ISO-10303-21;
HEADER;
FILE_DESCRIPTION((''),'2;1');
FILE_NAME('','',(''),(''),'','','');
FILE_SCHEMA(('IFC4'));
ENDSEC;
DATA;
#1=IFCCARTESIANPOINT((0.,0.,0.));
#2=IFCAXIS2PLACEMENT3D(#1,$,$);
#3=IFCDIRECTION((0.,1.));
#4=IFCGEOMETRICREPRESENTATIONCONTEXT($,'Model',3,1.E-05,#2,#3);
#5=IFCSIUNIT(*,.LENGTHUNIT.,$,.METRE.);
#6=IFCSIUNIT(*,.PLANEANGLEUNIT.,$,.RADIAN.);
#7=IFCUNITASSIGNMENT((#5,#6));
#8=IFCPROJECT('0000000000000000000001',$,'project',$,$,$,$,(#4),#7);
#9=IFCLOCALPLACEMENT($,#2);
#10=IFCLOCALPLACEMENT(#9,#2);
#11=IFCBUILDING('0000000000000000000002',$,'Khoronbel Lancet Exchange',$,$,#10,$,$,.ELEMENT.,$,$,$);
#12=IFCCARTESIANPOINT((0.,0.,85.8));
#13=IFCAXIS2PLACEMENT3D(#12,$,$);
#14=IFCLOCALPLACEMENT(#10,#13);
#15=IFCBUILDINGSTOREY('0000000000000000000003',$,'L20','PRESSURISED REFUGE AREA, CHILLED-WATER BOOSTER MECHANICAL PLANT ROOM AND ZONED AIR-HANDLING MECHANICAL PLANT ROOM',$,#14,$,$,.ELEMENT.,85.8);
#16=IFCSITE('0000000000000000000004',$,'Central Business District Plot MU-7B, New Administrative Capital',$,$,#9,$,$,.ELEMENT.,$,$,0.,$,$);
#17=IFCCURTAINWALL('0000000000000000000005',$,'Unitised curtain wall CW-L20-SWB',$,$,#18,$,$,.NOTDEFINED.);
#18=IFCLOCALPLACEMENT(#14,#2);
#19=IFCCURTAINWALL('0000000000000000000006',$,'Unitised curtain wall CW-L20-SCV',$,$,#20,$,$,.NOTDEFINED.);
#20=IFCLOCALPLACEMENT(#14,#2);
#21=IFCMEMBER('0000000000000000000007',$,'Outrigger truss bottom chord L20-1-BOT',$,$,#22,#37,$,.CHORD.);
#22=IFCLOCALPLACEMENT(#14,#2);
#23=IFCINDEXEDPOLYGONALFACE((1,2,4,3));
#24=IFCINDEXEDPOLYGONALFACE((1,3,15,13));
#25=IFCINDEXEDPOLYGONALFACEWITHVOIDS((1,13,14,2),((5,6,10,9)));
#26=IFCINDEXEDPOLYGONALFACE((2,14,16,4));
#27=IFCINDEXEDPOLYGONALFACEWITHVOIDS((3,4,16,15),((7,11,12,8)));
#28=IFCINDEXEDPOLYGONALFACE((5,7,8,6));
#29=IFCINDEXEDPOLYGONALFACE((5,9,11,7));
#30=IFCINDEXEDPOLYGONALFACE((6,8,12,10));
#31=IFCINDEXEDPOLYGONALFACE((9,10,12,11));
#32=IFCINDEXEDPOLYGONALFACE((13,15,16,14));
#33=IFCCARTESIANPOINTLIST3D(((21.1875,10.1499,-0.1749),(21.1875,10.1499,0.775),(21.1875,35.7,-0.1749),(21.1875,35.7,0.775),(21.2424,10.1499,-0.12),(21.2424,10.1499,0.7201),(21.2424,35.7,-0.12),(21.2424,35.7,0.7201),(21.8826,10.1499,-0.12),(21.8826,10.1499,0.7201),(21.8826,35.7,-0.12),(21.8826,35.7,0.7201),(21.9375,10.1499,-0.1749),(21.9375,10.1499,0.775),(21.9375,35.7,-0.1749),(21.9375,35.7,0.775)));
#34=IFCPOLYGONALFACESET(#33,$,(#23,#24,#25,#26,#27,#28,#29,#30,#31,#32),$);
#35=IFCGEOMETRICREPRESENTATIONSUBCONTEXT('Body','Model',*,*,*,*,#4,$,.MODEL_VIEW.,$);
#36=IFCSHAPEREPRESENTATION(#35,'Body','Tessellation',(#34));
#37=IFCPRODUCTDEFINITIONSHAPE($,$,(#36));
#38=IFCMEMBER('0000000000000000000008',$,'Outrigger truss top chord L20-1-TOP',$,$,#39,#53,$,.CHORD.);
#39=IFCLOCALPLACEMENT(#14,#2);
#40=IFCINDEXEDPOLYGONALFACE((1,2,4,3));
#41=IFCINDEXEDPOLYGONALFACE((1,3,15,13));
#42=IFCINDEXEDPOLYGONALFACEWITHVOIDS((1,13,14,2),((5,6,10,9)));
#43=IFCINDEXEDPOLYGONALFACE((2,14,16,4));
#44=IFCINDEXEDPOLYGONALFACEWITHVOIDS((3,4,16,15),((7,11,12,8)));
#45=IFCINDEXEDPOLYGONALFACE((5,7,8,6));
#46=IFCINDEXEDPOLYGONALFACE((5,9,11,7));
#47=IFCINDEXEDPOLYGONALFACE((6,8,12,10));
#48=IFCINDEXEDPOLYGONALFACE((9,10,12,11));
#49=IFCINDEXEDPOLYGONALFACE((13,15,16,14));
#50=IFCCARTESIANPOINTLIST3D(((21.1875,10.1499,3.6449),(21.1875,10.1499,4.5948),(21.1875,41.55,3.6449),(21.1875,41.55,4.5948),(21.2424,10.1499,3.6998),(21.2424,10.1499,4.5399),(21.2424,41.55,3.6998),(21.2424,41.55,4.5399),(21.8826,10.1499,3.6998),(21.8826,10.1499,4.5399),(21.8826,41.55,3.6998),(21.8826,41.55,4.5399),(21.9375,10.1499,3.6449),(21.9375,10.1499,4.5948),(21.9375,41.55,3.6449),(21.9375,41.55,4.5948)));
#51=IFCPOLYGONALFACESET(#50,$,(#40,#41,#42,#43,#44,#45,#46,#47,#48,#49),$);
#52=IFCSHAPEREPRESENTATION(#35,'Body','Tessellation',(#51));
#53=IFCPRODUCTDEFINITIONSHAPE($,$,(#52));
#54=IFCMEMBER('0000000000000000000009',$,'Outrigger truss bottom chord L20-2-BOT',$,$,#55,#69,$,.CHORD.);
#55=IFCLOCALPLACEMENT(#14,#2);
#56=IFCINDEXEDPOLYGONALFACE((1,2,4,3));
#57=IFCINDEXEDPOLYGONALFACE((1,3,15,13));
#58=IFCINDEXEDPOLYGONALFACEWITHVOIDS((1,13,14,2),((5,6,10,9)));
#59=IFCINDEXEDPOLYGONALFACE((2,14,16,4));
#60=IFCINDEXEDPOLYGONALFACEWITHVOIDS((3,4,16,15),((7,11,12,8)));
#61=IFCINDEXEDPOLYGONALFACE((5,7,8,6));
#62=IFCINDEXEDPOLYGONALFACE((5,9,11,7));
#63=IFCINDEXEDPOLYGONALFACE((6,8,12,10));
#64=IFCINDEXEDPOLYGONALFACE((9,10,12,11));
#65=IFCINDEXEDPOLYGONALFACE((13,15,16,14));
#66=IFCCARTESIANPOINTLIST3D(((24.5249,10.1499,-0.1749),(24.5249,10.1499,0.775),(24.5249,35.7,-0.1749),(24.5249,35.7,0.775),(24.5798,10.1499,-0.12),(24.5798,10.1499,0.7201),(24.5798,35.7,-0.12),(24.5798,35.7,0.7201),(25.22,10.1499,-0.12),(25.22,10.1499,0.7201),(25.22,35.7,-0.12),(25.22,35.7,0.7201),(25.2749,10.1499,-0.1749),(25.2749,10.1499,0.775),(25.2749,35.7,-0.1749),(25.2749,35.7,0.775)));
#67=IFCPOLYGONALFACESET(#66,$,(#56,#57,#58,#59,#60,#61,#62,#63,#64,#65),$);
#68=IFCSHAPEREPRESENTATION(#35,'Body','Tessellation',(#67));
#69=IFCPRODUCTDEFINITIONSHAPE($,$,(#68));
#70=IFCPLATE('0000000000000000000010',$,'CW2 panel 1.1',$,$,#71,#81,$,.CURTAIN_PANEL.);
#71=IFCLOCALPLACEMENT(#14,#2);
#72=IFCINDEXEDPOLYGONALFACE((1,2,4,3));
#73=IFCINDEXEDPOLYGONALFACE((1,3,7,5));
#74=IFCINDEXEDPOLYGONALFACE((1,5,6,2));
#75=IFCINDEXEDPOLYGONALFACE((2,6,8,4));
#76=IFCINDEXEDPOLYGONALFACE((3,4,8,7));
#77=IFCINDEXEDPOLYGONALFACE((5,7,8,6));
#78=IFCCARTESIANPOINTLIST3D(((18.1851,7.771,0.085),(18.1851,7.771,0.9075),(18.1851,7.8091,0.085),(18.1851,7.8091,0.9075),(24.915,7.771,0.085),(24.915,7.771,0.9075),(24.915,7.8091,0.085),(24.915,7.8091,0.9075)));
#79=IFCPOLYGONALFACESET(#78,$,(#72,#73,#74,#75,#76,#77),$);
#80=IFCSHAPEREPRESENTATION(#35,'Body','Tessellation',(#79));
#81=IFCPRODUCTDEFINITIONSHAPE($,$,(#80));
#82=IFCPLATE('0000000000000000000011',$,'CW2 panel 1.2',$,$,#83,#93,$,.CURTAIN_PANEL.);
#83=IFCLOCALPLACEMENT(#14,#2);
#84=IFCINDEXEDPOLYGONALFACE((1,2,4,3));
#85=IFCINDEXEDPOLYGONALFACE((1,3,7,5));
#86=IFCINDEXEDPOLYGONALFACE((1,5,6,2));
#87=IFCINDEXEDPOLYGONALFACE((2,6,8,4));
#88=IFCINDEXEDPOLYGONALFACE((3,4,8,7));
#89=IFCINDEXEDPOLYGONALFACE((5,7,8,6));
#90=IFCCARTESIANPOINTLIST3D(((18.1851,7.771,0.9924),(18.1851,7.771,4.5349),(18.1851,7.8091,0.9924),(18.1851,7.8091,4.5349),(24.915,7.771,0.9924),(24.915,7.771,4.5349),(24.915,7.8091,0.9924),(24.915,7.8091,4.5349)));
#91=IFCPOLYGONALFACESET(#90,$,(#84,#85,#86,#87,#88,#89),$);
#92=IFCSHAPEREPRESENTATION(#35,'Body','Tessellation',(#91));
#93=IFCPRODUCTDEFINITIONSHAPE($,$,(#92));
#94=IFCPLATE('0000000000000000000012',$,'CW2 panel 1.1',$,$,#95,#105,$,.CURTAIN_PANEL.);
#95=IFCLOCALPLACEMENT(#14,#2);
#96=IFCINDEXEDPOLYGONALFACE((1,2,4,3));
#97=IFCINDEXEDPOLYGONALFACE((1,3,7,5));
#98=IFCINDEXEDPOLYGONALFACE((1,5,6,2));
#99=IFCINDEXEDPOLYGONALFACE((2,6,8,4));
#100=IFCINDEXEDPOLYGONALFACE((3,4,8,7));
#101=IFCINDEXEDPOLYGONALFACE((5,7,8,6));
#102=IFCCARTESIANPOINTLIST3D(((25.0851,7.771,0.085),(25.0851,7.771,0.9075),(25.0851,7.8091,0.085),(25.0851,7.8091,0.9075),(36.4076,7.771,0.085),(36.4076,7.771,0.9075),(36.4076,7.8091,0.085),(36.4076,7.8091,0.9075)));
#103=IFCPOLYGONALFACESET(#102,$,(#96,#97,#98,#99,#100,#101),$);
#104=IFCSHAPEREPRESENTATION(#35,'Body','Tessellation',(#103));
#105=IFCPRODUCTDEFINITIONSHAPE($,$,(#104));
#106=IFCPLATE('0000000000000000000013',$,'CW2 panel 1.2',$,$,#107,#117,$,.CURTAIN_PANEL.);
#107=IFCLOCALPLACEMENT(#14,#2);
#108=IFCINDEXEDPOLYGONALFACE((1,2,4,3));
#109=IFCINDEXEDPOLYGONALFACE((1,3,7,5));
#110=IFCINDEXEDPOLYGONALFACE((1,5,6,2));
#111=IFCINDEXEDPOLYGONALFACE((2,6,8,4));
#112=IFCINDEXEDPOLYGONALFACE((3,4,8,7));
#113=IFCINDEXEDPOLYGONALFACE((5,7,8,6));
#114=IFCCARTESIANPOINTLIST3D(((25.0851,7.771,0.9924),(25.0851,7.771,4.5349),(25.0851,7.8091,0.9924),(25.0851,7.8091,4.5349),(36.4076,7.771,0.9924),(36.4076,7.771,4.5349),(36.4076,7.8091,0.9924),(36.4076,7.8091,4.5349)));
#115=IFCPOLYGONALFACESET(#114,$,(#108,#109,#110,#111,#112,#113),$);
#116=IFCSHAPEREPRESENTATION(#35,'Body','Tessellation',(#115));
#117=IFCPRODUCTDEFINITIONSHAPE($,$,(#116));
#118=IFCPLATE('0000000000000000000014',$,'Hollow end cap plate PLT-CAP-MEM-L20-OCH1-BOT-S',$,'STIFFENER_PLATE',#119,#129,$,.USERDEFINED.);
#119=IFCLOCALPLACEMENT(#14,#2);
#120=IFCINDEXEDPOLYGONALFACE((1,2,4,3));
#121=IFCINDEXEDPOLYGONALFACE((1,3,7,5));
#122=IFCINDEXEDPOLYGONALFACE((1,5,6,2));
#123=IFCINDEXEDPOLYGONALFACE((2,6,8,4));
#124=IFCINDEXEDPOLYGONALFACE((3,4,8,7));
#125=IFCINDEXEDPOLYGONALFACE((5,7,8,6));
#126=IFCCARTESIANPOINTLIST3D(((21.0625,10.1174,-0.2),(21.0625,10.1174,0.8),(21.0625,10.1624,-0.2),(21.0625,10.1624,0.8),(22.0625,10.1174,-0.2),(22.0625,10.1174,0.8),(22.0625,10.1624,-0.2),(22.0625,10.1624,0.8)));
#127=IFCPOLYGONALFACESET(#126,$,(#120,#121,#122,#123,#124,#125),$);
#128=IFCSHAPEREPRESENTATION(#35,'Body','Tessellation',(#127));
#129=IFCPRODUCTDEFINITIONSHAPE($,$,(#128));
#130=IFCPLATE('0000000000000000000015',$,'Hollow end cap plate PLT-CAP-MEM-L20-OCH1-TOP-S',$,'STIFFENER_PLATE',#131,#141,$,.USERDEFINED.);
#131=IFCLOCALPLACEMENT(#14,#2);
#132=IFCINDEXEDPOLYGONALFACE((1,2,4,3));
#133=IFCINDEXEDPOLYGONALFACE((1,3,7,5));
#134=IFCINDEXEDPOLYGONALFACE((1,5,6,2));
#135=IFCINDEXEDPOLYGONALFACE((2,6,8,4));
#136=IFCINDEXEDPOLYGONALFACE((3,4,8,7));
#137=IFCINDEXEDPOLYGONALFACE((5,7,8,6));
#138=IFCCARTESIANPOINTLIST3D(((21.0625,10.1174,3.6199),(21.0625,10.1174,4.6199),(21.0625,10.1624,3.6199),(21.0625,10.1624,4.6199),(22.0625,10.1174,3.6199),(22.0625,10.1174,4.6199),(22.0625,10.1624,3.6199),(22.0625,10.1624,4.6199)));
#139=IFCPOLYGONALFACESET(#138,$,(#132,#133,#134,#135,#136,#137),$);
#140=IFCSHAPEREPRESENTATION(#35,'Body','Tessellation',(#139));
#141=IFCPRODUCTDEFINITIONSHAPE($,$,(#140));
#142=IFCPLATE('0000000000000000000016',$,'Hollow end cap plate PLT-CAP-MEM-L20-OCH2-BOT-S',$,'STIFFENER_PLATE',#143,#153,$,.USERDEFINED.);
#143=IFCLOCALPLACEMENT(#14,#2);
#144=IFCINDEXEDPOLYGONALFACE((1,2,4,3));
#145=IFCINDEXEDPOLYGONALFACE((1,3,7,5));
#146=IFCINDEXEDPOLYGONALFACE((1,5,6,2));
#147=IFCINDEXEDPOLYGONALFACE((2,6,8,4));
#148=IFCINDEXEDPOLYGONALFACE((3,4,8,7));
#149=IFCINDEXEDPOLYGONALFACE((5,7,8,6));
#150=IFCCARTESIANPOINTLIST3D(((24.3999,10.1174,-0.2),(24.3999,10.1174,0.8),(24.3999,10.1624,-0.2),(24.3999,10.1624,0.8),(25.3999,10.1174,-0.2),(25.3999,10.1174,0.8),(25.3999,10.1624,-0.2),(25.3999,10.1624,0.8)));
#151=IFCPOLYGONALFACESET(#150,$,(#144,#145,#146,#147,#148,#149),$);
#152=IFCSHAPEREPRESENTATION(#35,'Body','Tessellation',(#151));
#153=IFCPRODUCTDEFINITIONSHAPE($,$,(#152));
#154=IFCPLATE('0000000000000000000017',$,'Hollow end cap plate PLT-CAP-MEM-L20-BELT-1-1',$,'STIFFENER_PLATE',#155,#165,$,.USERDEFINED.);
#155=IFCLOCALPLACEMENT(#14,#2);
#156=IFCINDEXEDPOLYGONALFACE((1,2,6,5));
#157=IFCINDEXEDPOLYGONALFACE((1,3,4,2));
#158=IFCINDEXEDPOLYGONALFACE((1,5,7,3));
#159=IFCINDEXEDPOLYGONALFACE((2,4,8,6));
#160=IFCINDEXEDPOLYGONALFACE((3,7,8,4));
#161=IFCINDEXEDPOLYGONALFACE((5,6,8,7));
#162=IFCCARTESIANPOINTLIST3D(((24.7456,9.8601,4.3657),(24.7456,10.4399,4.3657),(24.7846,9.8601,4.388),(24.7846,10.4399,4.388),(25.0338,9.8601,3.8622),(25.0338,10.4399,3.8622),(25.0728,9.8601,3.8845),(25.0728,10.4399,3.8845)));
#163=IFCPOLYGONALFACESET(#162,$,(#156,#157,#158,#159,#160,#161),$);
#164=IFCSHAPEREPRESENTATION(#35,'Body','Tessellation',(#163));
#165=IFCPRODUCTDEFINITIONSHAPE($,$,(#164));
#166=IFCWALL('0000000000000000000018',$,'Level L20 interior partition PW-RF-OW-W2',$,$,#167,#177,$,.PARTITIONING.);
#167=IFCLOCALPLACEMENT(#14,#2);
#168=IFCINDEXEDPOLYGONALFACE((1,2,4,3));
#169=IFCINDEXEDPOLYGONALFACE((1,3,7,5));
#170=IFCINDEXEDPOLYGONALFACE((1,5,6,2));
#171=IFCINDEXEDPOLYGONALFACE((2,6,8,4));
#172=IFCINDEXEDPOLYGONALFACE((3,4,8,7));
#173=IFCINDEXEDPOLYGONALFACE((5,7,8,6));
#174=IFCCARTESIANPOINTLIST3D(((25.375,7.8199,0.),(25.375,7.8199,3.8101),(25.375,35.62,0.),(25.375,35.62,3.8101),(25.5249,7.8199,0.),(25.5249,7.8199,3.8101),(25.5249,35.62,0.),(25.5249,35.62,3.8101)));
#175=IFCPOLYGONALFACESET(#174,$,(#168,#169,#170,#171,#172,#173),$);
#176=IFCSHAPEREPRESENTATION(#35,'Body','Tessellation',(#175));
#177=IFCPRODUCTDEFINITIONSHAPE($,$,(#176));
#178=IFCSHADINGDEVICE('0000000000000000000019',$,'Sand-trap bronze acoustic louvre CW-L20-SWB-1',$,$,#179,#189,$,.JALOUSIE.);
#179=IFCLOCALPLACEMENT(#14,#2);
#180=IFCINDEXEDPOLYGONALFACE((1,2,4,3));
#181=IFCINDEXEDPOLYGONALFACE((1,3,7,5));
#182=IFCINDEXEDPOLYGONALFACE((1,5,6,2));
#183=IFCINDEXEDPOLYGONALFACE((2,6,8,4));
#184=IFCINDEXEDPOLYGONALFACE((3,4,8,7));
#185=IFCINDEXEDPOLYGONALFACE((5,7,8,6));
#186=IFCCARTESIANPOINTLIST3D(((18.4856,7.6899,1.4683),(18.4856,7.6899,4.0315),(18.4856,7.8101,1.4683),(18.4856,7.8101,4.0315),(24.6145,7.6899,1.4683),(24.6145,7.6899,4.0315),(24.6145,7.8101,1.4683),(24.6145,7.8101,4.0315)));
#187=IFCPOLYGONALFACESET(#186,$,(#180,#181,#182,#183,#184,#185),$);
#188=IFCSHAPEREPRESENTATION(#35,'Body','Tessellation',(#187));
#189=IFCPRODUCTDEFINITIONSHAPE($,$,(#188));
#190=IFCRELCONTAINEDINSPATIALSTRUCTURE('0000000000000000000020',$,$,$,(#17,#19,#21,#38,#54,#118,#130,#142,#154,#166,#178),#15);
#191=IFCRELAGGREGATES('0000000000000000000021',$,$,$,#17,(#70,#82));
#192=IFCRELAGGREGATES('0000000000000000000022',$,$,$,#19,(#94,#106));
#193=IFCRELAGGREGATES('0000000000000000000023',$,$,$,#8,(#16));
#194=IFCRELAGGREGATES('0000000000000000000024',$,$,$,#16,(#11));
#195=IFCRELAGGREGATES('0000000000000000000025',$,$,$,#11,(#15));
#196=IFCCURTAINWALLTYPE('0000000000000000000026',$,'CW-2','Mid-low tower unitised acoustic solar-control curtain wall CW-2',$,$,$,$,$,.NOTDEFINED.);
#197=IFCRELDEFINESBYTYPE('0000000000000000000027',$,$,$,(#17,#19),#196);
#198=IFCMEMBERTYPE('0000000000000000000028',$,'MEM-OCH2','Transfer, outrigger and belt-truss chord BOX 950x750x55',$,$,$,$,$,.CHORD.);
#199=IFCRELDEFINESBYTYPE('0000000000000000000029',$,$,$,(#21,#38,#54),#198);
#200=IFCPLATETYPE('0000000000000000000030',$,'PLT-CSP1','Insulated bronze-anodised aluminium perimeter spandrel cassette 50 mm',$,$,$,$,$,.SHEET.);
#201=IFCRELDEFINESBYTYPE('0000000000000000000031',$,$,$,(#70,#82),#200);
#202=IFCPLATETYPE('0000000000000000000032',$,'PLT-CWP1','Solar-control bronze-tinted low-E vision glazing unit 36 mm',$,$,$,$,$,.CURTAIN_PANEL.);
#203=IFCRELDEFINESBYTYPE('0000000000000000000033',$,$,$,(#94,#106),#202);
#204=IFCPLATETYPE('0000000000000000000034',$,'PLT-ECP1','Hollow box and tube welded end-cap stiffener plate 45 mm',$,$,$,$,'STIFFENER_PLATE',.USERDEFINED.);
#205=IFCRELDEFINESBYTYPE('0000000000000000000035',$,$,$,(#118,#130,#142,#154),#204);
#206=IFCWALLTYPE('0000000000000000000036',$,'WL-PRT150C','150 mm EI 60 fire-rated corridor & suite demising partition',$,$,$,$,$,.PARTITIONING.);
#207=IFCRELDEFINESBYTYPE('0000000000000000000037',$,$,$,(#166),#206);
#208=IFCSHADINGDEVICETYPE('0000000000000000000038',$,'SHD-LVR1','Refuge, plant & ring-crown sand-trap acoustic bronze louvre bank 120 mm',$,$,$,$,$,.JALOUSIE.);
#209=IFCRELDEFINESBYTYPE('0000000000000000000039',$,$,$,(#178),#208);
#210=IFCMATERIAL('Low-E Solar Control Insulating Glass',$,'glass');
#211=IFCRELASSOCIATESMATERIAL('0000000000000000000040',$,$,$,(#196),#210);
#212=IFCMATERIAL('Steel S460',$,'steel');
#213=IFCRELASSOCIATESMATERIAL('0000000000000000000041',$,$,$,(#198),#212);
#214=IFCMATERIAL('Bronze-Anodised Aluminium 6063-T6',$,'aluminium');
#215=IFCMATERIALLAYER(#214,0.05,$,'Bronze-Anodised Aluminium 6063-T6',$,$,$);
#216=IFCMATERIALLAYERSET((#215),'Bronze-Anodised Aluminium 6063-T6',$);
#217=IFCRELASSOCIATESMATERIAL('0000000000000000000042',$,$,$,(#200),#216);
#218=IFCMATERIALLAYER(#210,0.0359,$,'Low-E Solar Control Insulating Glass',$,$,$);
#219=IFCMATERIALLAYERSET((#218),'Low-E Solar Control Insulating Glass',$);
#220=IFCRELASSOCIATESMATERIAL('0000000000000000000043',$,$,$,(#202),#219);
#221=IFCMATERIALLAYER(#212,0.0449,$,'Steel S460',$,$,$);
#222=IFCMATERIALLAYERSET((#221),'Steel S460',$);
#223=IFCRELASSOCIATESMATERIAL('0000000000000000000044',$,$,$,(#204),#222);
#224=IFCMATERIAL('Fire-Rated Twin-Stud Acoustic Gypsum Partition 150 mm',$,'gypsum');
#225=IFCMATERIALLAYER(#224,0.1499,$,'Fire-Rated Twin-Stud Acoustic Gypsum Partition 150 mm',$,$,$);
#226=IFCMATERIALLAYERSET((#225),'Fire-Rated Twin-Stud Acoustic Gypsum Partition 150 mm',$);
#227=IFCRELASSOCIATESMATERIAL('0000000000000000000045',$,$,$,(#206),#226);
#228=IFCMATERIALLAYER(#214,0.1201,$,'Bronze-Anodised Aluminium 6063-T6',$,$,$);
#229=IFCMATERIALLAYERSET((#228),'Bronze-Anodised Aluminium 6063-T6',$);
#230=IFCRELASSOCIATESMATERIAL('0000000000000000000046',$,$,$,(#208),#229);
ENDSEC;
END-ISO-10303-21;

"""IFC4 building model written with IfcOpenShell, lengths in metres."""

from ifc_helpers import new_model, si_unit, direction, frame, frame_2d, origin, origin_2d, place, context, subcontext, project, spatial, polyline, rectangle, hollow_rectangle, outline, extrude, material, layer, layer_set, material_profile, profile_set, type_object, element, aggregate, save


model = new_model("IFC4")

# Units and contexts
model_context = context("Model", 3, precision=1e-05, world=origin(), true_north=direction((0.0, 1.0)))
body_context = subcontext(model_context, "Body", "Model", "MODEL_VIEW")
ifc_project = project(units=[si_unit("LENGTHUNIT", "METRE"), si_unit("PLANEANGLEUNIT", "RADIAN")], contexts=[model_context])

# Site, building, storey
site_placement = place(None, origin())
site = spatial("IfcSite", under=ifc_project, at=site_placement, Name="Central Business District Plot MU-7B, New Administrative Capital", CompositionType="ELEMENT", RefElevation=0.0)
building_placement = place(site_placement, origin())
building = spatial("IfcBuilding", under=site, at=building_placement, Name="Khoronbel Lancet Exchange", CompositionType="ELEMENT")
storey_placement = place(building_placement, frame((0.0, 0.0, 85.8)))
storey = spatial("IfcBuildingStorey", under=building, at=storey_placement, Name="L20", Description="PRESSURISED REFUGE AREA, CHILLED-WATER BOOSTER MECHANICAL PLANT ROOM AND ZONED AIR-HANDLING MECHANICAL PLANT ROOM", CompositionType="ELEMENT", Elevation=85.8)

# Shared definitions
ifc_material_1 = material(Name="Steel S460", Category="steel")

# Curtain wall
ifc_material_2 = material(Name="Low-E Solar Control Insulating Glass", Category="glass")
curtain_wall_type = type_object("IfcCurtainWallType", Name="CW-2", Description="Mid-low tower unitised acoustic solar-control curtain wall CW-2", PredefinedType="NOTDEFINED", material=ifc_material_2)
curtain_wall_1_placement = place(storey_placement, origin())
curtain_wall_1 = element("IfcCurtainWall", 1, at=curtain_wall_1_placement, inside=storey, type_object=curtain_wall_type, Name="Unitised curtain wall CW-L20-SWB", PredefinedType="NOTDEFINED")
ifc_material_3 = material(Name="Bronze-Anodised Aluminium 6063-T6", Category="aluminium")

# Curtain wall
curtain_wall_2_placement = place(storey_placement, origin())
curtain_wall_2 = element("IfcCurtainWall", 2, at=curtain_wall_2_placement, inside=storey, type_object=curtain_wall_type, Name="Unitised curtain wall CW-L20-SCV", PredefinedType="NOTDEFINED")

# Members
ifc_material_profile_1 = material_profile(ifc_material_1, hollow_rectangle(XDim=0.75, YDim=0.95, WallThickness=0.0549, at=origin_2d()), Name="BOX 950x750x55")
ifc_profile_set_1 = profile_set([ifc_material_profile_1], Name="Steel S460")
member_type_1 = type_object("IfcMemberType", Name="MEM-OCH2", Description="Transfer, outrigger and belt-truss chord BOX 950x750x55", PredefinedType="CHORD", material=ifc_profile_set_1)
member_1_placement = place(storey_placement, frame((21.5625, 10.1499, 0.3), z_axis=(0.0, 1.0, 0.0), x_axis=(-1.0, 0.0, 0.0)))
element("IfcMember", 3, at=member_1_placement, inside=storey, type_object=member_type_1, Name="Outrigger truss bottom chord L20-1-BOT", PredefinedType="CHORD", context=body_context, shape_type="SweptSolid", body=[
    extrude(hollow_rectangle(XDim=0.75, YDim=0.95, WallThickness=0.0549, at=origin_2d()), origin(), (0.0, 0.0, 1.0), 25.55),
])
member_2_placement = place(storey_placement, frame((21.5625, 10.1499, 4.1199), z_axis=(0.0, 1.0, 0.0), x_axis=(-1.0, 0.0, 0.0)))
element("IfcMember", 4, at=member_2_placement, inside=storey, type_object=member_type_1, Name="Outrigger truss top chord L20-1-TOP", PredefinedType="CHORD", context=body_context, shape_type="SweptSolid", body=[
    extrude(hollow_rectangle(XDim=0.75, YDim=0.95, WallThickness=0.0549, at=origin_2d()), origin(), (0.0, 0.0, 1.0), 31.4001),
])
member_3_placement = place(storey_placement, frame((24.8999, 10.1499, 0.3), z_axis=(0.0, 1.0, 0.0), x_axis=(-1.0, 0.0, 0.0)))
element("IfcMember", 5, at=member_3_placement, inside=storey, type_object=member_type_1, Name="Outrigger truss bottom chord L20-2-BOT", PredefinedType="CHORD", context=body_context, shape_type="SweptSolid", body=[
    extrude(hollow_rectangle(XDim=0.75, YDim=0.95, WallThickness=0.0549, at=origin_2d()), origin(), (0.0, 0.0, 1.0), 25.55),
])

# Plates
ifc_layer_1 = layer(ifc_material_3, 0.05, Name="Bronze-Anodised Aluminium 6063-T6")
ifc_layer_set_1 = layer_set([ifc_layer_1], Name="Bronze-Anodised Aluminium 6063-T6")
plate_type_1 = type_object("IfcPlateType", Name="PLT-CSP1", Description="Insulated bronze-anodised aluminium perimeter spandrel cassette 50 mm", PredefinedType="SHEET", material=ifc_layer_set_1)
plate_1_placement = place(storey_placement, frame((21.55, 7.79, 0.085), z_axis=(0.0, 0.0, 1.0), x_axis=(1.0, 0.0, 0.0)))
plate_1 = element("IfcPlate", 6, at=plate_1_placement, type_object=plate_type_1, Name="CW2 panel 1.1", PredefinedType="CURTAIN_PANEL", context=body_context, shape_type="SweptSolid", body=[
    extrude(rectangle(XDim=6.73, YDim=0.0381, at=origin_2d()), origin(), (0.0, 0.0, 1.0), 0.8225),
])
plate_2_placement = place(storey_placement, frame((21.55, 7.79, 0.9924), z_axis=(0.0, 0.0, 1.0), x_axis=(1.0, 0.0, 0.0)))
plate_2 = element("IfcPlate", 7, at=plate_2_placement, type_object=plate_type_1, Name="CW2 panel 1.2", PredefinedType="CURTAIN_PANEL", context=body_context, shape_type="SweptSolid", body=[
    extrude(rectangle(XDim=6.73, YDim=0.0381, at=origin_2d()), origin(), (0.0, 0.0, 1.0), 3.5425),
])
aggregate(curtain_wall_1, [plate_1, plate_2])
ifc_layer_2 = layer(ifc_material_2, 0.0359, Name="Low-E Solar Control Insulating Glass")
ifc_layer_set_2 = layer_set([ifc_layer_2], Name="Low-E Solar Control Insulating Glass")
plate_type_2 = type_object("IfcPlateType", Name="PLT-CWP1", Description="Solar-control bronze-tinted low-E vision glazing unit 36 mm", PredefinedType="CURTAIN_PANEL", material=ifc_layer_set_2)
plate_3_placement = place(storey_placement, frame((30.7463, 7.79, 0.085), z_axis=(0.0, 0.0, 1.0), x_axis=(1.0, 0.0, 0.0)))
plate_3 = element("IfcPlate", 8, at=plate_3_placement, type_object=plate_type_2, Name="CW2 panel 1.1", PredefinedType="CURTAIN_PANEL", context=body_context, shape_type="SweptSolid", body=[
    extrude(rectangle(XDim=11.3225, YDim=0.0381, at=origin_2d()), origin(), (0.0, 0.0, 1.0), 0.8225),
])
plate_4_placement = place(storey_placement, frame((30.7463, 7.79, 0.9924), z_axis=(0.0, 0.0, 1.0), x_axis=(1.0, 0.0, 0.0)))
plate_4 = element("IfcPlate", 9, at=plate_4_placement, type_object=plate_type_2, Name="CW2 panel 1.2", PredefinedType="CURTAIN_PANEL", context=body_context, shape_type="SweptSolid", body=[
    extrude(rectangle(XDim=11.3225, YDim=0.0381, at=origin_2d()), origin(), (0.0, 0.0, 1.0), 3.5425),
])
aggregate(curtain_wall_2, [plate_3, plate_4])

# Plates
ifc_layer_3 = layer(ifc_material_1, 0.0449, Name="Steel S460")
ifc_layer_set_3 = layer_set([ifc_layer_3], Name="Steel S460")
plate_type_3 = type_object("IfcPlateType", Name="PLT-ECP1", Description="Hollow box and tube welded end-cap stiffener plate 45 mm", ElementType="STIFFENER_PLATE", PredefinedType="USERDEFINED", material=ifc_layer_set_3)
for number, where, z_axis, x_axis, name in (
    (10, (21.5625, 10.1399, -0.2), (0.0, 0.0, 1.0), (0.0, -1.0, 0.0), "Hollow end cap plate PLT-CAP-MEM-L20-OCH1-BOT-S"),
    (11, (21.5625, 10.1399, 3.6199), (0.0, 0.0, 1.0), (0.0, -1.0, 0.0), "Hollow end cap plate PLT-CAP-MEM-L20-OCH1-TOP-S"),
    (12, (24.8999, 10.1399, -0.2), (0.0, 0.0, 1.0), (0.0, -1.0, 0.0), "Hollow end cap plate PLT-CAP-MEM-L20-OCH2-BOT-S"),
):
    element("IfcPlate", number, at=place(storey_placement, frame(where, z_axis=z_axis, x_axis=x_axis)), inside=storey, type_object=plate_type_3, Name=name, ObjectType="STIFFENER_PLATE", PredefinedType="USERDEFINED", context=body_context, shape_type="SweptSolid", body=[
        extrude(rectangle(XDim=0.0449, YDim=1.0, at=origin_2d()), origin(), (0.0, 0.0, 1.0), 1.0),
    ])
plate_5_placement = place(storey_placement, frame((25.0728, 9.8601, 3.8845), z_axis=(0.867932, 0.0, 0.496683), x_axis=(0.0, 1.0, 0.0)))
element("IfcPlate", 13, at=plate_5_placement, inside=storey, type_object=plate_type_3, Name="Hollow end cap plate PLT-CAP-MEM-L20-BELT-1-1", ObjectType="STIFFENER_PLATE", PredefinedType="USERDEFINED", context=body_context, shape_type="SweptSolid", body=[
    extrude(outline(polyline([(0.0, 0.0), (0.5798, 0.0), (0.5798, 0.5801), (0.0, 0.5801), (0.0, 0.0)])), origin(), (0.0, 0.0, -1.0), 0.0449),
])

# Wall
ifc_material_4 = material(Name="Fire-Rated Twin-Stud Acoustic Gypsum Partition 150 mm", Category="gypsum")
ifc_layer_4 = layer(ifc_material_4, 0.1499, Name="Fire-Rated Twin-Stud Acoustic Gypsum Partition 150 mm")
ifc_layer_set_4 = layer_set([ifc_layer_4], Name="Fire-Rated Twin-Stud Acoustic Gypsum Partition 150 mm")
wall_type = type_object("IfcWallType", Name="WL-PRT150C", Description="150 mm EI 60 fire-rated corridor & suite demising partition", PredefinedType="PARTITIONING", material=ifc_layer_set_4)
wall_placement = place(storey_placement, frame((25.45, 7.8201, 0.0), z_axis=(0.0, 0.0, 1.0), x_axis=(0.0, 1.0, 0.0)))
element("IfcWall", 14, at=wall_placement, inside=storey, type_object=wall_type, Name="Level L20 interior partition PW-RF-OW-W2", PredefinedType="PARTITIONING", context=body_context, shape_type="SweptSolid", body=[
    extrude(rectangle(XDim=27.8, YDim=0.1499, at=frame_2d((13.8999, 0.0))), origin(), (0.0, 0.0, 1.0), 3.8101),
])

# Shading device
ifc_layer_5 = layer(ifc_material_3, 0.1201, Name="Bronze-Anodised Aluminium 6063-T6")
ifc_layer_set_5 = layer_set([ifc_layer_5], Name="Bronze-Anodised Aluminium 6063-T6")
shading_device_type = type_object("IfcShadingDeviceType", Name="SHD-LVR1", Description="Refuge, plant & ring-crown sand-trap acoustic bronze louvre bank 120 mm", PredefinedType="JALOUSIE", material=ifc_layer_set_5)
shading_device_1_placement = place(storey_placement, frame((21.55, 7.75, 1.4683), z_axis=(0.0, 0.0, 1.0), x_axis=(1.0, 0.0, 0.0)))
element("IfcShadingDevice", 15, at=shading_device_1_placement, inside=storey, type_object=shading_device_type, Name="Sand-trap bronze acoustic louvre CW-L20-SWB-1", PredefinedType="JALOUSIE", context=body_context, shape_type="SweptSolid", body=[
    extrude(rectangle(XDim=6.1289, YDim=0.1201, at=origin_2d()), origin(), (0.0, 0.0, 1.0), 2.5632),
])

save(model, "model.ifc")
